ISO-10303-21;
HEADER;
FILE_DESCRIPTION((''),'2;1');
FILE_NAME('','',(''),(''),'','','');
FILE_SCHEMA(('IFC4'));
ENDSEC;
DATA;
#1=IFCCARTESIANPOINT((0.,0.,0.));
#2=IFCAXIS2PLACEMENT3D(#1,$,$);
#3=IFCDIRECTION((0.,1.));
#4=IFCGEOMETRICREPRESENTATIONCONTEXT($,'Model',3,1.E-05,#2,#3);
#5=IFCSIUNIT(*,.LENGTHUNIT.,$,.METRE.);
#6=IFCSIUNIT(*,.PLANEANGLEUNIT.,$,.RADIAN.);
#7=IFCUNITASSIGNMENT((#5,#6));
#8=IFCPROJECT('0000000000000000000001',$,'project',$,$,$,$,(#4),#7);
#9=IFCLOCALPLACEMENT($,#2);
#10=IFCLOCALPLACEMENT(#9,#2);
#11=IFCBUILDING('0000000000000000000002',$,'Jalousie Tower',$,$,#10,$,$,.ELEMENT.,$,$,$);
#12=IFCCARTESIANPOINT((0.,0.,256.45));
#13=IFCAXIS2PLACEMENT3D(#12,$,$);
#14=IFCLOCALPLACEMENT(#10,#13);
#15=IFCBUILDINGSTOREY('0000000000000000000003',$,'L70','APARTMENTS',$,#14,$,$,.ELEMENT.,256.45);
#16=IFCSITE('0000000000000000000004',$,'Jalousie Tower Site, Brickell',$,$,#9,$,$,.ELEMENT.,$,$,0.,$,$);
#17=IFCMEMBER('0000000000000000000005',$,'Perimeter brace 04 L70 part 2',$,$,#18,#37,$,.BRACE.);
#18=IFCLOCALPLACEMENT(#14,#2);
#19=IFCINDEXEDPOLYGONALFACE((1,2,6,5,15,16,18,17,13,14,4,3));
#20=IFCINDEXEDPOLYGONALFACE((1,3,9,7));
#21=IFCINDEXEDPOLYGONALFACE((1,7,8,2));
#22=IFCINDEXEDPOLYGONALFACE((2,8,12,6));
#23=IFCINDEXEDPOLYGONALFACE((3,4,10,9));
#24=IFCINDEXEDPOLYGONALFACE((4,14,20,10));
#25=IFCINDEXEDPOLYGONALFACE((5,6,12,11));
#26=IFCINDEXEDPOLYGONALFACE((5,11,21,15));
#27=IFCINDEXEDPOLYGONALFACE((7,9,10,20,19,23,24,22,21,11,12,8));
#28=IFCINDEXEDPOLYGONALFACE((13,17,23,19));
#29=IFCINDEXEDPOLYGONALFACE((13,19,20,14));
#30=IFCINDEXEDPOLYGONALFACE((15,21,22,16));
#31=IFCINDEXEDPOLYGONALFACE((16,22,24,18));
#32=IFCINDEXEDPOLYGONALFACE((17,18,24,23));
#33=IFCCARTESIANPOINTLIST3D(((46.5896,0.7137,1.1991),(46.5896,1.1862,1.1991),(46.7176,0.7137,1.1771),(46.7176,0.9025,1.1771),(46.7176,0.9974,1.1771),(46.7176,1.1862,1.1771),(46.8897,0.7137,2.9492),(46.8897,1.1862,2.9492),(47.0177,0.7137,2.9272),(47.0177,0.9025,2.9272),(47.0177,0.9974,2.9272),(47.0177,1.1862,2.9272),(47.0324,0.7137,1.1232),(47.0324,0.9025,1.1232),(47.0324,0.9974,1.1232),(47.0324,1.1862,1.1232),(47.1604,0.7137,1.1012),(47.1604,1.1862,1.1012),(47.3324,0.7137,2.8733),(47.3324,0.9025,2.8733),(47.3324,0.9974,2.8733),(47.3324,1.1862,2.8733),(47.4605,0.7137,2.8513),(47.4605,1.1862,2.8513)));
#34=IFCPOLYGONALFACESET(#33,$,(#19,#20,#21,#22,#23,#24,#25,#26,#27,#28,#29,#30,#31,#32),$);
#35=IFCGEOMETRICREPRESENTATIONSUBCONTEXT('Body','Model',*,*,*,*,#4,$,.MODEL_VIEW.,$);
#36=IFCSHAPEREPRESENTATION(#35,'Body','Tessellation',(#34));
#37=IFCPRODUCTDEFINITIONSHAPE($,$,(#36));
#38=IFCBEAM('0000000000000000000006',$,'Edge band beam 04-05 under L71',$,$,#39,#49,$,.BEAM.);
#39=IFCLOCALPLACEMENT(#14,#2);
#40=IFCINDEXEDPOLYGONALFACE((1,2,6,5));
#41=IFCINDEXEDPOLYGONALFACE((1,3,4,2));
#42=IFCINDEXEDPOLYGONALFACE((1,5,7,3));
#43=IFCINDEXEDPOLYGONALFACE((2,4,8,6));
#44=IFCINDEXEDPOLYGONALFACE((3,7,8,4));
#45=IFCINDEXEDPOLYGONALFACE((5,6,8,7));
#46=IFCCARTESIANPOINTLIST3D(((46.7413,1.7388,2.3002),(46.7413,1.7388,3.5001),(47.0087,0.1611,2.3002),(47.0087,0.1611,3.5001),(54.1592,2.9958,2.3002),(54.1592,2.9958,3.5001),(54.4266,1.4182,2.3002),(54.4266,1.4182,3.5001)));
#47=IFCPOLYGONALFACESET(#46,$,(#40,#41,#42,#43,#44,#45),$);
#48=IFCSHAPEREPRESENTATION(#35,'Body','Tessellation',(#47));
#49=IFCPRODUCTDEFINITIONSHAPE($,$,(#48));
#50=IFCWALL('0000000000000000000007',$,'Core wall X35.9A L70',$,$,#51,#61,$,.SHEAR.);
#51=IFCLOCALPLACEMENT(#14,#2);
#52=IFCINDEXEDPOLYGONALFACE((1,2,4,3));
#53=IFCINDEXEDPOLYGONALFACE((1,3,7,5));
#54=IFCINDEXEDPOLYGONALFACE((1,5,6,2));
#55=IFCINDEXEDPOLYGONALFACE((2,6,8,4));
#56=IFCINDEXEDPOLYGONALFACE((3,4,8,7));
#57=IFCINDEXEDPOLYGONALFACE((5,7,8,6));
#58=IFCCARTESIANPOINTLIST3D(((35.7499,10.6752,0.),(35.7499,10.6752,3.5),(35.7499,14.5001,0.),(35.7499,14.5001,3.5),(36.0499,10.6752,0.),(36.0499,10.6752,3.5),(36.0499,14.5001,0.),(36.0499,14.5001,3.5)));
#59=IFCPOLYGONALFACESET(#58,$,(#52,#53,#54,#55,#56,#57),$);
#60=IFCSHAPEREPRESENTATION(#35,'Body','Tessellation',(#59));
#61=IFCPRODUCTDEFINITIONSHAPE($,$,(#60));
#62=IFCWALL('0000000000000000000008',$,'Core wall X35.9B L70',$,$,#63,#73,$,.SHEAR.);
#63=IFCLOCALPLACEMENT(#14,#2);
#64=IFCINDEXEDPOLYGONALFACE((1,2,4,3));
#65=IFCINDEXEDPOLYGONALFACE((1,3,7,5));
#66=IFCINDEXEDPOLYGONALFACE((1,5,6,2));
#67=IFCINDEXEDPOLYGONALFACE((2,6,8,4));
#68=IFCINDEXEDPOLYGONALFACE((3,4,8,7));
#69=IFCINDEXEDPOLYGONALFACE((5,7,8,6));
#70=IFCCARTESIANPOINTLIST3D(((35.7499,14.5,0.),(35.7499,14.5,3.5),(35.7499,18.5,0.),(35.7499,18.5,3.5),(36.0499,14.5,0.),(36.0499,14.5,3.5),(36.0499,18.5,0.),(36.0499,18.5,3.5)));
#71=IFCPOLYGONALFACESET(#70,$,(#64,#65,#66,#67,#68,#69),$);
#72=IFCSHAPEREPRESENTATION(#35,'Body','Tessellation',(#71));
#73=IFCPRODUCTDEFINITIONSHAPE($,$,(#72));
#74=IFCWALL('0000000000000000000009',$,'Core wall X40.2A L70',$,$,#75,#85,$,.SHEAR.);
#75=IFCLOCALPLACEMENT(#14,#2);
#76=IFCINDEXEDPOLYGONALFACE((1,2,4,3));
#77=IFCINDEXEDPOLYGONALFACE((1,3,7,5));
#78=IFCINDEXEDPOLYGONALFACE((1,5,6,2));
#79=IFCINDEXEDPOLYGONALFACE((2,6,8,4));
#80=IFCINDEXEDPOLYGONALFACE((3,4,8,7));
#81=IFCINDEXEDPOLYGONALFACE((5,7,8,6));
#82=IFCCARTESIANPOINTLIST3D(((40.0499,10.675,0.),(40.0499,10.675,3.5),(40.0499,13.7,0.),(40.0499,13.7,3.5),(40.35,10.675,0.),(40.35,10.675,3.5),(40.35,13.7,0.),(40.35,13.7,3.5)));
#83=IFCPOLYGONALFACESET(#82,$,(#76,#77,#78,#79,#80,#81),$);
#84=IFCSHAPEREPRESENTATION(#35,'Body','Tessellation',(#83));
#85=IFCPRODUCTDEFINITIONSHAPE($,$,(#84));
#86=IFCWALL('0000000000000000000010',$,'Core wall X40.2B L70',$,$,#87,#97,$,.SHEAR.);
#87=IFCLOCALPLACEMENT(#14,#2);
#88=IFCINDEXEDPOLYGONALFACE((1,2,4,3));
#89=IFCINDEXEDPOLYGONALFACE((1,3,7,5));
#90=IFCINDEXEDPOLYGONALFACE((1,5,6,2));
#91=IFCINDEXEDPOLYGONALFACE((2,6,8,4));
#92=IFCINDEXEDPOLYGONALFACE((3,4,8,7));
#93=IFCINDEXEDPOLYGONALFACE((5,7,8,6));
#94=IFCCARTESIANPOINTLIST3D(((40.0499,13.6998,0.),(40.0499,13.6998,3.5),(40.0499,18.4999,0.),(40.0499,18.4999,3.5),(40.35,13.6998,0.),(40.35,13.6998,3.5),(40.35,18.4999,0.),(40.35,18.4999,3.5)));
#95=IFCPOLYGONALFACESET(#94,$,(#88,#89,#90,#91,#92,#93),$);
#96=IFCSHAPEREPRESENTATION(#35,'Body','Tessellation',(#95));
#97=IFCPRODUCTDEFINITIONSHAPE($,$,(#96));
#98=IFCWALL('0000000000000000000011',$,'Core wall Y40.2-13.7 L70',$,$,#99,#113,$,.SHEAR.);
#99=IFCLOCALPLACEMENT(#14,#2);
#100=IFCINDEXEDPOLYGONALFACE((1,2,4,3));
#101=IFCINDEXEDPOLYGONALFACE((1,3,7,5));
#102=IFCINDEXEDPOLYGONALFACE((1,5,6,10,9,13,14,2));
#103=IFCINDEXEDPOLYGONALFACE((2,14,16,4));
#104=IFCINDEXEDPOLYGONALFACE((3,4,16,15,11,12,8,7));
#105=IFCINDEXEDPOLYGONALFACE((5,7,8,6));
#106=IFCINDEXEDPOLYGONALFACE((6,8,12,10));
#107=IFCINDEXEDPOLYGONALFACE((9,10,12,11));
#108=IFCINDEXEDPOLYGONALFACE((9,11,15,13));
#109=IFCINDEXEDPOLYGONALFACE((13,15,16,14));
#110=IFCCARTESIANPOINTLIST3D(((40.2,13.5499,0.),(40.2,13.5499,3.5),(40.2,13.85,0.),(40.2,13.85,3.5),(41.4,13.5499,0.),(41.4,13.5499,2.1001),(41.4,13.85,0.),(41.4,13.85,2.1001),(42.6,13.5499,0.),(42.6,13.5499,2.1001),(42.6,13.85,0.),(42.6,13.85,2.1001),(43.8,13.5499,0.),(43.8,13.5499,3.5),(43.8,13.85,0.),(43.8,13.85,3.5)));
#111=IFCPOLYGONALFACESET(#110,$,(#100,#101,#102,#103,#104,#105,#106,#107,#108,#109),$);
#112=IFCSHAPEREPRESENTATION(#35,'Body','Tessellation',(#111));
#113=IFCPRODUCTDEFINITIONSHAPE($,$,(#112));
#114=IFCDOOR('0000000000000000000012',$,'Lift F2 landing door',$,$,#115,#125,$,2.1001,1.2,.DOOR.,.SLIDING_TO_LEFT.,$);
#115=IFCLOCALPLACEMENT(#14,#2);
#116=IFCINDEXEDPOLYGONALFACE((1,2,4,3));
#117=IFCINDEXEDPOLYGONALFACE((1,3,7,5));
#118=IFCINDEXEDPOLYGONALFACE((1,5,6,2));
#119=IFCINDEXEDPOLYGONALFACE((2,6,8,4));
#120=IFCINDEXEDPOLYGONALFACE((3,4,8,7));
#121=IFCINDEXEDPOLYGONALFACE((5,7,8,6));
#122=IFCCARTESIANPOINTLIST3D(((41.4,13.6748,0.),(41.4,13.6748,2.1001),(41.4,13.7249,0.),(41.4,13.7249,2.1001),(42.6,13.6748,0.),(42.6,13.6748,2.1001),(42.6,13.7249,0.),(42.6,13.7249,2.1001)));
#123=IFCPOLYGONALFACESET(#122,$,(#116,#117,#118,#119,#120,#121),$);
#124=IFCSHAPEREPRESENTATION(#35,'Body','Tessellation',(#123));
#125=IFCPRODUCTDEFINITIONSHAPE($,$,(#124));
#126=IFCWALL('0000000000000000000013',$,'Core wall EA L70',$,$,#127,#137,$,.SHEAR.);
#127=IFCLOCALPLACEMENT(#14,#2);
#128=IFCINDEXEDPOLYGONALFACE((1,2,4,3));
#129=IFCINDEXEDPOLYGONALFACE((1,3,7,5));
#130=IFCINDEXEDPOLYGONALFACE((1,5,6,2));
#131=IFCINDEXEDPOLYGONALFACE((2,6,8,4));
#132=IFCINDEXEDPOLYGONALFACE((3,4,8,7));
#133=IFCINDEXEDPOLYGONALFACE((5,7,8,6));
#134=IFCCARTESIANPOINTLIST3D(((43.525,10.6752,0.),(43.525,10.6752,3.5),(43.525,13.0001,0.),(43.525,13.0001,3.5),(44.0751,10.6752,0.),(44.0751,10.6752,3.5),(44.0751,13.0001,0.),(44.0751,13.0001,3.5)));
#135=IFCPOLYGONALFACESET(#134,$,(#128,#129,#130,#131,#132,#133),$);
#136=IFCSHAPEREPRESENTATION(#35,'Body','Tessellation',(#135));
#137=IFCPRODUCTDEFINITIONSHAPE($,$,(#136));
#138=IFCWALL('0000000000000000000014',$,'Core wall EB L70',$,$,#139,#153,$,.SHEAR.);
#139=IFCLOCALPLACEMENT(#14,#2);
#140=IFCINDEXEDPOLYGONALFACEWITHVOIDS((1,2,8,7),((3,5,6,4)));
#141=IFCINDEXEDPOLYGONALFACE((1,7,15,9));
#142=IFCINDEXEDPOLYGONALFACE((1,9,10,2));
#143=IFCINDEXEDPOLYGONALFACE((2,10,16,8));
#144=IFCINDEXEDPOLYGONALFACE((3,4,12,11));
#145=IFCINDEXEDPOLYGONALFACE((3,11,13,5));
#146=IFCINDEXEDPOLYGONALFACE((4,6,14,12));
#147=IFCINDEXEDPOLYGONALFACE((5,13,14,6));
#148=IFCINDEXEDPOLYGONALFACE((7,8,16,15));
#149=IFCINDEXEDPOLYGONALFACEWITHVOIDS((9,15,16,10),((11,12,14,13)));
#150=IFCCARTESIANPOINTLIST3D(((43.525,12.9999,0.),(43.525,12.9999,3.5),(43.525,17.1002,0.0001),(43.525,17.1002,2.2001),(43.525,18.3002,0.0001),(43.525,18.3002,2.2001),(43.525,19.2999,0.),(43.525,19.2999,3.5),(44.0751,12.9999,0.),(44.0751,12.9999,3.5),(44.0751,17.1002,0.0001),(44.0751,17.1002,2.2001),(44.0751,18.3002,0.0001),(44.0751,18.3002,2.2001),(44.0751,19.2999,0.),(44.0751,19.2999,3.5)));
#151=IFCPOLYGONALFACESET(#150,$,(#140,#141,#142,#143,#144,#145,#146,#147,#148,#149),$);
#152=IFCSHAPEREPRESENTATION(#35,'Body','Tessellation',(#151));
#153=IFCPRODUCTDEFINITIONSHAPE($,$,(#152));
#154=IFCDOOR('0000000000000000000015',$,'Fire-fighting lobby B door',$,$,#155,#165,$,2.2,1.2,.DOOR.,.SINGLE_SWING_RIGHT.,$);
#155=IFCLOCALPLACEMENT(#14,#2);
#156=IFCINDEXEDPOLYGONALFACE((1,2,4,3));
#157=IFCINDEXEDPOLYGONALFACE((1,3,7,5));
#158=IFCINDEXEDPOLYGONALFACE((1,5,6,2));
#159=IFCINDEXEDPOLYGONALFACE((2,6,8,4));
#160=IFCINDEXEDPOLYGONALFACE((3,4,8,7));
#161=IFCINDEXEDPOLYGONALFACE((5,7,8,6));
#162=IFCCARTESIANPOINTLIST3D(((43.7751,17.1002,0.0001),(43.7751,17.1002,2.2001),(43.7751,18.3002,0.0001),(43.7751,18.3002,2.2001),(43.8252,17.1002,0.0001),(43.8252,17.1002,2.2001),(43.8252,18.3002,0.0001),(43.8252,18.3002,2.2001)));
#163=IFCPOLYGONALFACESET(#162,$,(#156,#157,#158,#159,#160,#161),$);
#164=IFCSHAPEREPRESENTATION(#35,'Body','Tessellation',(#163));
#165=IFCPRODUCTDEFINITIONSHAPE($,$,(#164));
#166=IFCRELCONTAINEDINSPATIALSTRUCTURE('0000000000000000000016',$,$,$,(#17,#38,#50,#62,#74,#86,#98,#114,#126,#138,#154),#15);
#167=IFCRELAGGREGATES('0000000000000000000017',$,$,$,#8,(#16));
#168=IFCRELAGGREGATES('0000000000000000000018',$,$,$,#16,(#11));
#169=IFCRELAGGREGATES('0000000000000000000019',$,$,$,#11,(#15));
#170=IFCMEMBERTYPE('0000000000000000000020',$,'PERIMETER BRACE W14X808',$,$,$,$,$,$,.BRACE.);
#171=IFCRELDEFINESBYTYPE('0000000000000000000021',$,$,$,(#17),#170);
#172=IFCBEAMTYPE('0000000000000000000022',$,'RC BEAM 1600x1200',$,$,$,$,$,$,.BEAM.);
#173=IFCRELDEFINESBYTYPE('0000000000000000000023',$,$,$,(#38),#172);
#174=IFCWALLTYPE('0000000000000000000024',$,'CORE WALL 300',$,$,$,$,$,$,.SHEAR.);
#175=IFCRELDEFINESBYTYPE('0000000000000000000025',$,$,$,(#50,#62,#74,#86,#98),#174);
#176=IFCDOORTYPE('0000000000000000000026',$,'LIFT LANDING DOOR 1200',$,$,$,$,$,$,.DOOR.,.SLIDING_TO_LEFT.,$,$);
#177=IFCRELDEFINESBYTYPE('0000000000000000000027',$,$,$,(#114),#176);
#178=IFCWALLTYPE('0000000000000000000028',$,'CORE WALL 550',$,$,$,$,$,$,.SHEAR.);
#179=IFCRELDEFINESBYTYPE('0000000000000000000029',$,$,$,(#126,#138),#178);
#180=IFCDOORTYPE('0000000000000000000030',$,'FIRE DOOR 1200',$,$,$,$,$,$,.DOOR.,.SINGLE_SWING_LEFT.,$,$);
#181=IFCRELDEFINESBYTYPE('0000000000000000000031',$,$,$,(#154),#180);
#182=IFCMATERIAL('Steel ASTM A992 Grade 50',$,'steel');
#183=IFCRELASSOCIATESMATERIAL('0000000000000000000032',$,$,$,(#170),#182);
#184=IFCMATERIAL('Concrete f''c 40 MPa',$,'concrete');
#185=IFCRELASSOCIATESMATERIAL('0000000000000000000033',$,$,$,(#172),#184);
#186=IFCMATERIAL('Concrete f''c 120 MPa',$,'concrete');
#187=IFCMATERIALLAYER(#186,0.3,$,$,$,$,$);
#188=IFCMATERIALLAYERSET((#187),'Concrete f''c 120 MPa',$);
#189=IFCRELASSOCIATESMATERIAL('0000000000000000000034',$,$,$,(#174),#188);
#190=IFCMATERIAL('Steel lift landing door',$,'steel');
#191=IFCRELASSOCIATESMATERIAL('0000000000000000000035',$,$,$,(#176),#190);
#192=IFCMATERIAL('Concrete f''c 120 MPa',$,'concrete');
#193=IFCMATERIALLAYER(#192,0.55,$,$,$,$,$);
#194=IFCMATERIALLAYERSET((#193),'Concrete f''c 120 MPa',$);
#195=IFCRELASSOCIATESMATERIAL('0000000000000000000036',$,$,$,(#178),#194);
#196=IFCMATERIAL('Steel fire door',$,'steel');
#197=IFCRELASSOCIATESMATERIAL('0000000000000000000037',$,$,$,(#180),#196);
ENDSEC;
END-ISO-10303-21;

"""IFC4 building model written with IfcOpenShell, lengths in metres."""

from ifc_helpers import new_model, si_unit, direction, frame, frame_2d, origin, origin_2d, place, context, subcontext, project, spatial, rectangle, i_section, extrude, material, layer, layer_set, material_profile, profile_set, type_object, element, fill, save


model = new_model("IFC4")

# Units and contexts
model_context = context("Model", 3, precision=1e-05, world=origin(), true_north=direction((0.0, 1.0)))
body_context = subcontext(model_context, "Body", "Model", "MODEL_VIEW")
ifc_project = project(units=[si_unit("LENGTHUNIT", "METRE"), si_unit("PLANEANGLEUNIT", "RADIAN")], contexts=[model_context])

# Site, building, storey
site_placement = place(None, origin())
site = spatial("IfcSite", under=ifc_project, at=site_placement, Name="Jalousie Tower Site, Brickell", CompositionType="ELEMENT", RefElevation=0.0)
building_placement = place(site_placement, origin())
building = spatial("IfcBuilding", under=site, at=building_placement, Name="Jalousie Tower", CompositionType="ELEMENT")
storey_placement = place(building_placement, frame((0.0, 0.0, 256.45)))
storey = spatial("IfcBuildingStorey", under=building, at=storey_placement, Name="L70", Description="APARTMENTS", CompositionType="ELEMENT", Elevation=256.45)

# Member
ifc_material_1 = material(Name="Steel ASTM A992 Grade 50", Category="steel")
ifc_material_profile_1 = material_profile(ifc_material_1, i_section(OverallWidth=0.4724, OverallDepth=0.5791, WebThickness=0.095, FlangeThickness=0.1299, at=origin_2d()), Name="W14X808")
ifc_profile_set_1 = profile_set([ifc_material_profile_1], Name="Steel ASTM A992 Grade 50")
member_type = type_object("IfcMemberType", Name="PERIMETER BRACE W14X808", PredefinedType="BRACE", material=ifc_profile_set_1)
member_placement = place(storey_placement, frame((46.875, 0.95, 1.1501), z_axis=(0.168991, 0.0, 0.985618), x_axis=(0.0, 1.0, 0.0)))
element("IfcMember", 1, at=member_placement, inside=storey, type_object=member_type, Name="Perimeter brace 04 L70 part 2", PredefinedType="BRACE", context=body_context, shape_type="SweptSolid", body=[
    extrude(i_section(OverallWidth=0.4724, OverallDepth=0.5791, WebThickness=0.095, FlangeThickness=0.1299, at=origin_2d()), origin(), (0.0, 0.0, 1.0), 1.7756),
])

# Beam
ifc_material_2 = material(Name="Concrete f'c 40 MPa", Category="concrete")
ifc_material_profile_2 = material_profile(ifc_material_2, rectangle(XDim=1.6001, YDim=1.2, at=origin_2d()), Name="RC 1600x1200")
ifc_profile_set_2 = profile_set([ifc_material_profile_2], Name="Concrete f'c 40 MPa")
beam_type = type_object("IfcBeamType", Name="RC BEAM 1600x1200", PredefinedType="BEAM", material=ifc_profile_set_2)
beam_placement = place(storey_placement, frame((46.875, 0.95, 2.9001), z_axis=(0.985943, 0.167082, 0.0), x_axis=(-0.167082, 0.985943, 0.0)))
element("IfcBeam", 2, at=beam_placement, inside=storey, type_object=beam_type, Name="Edge band beam 04-05 under L71", PredefinedType="BEAM", context=body_context, shape_type="SweptSolid", body=[
    extrude(rectangle(XDim=1.6001, YDim=1.2, at=origin_2d()), origin(), (0.0, 0.0, 1.0), 7.5237),
])

# Walls
ifc_material_3 = material(Name="Concrete f'c 120 MPa", Category="concrete")
ifc_layer_1 = layer(ifc_material_3, 0.3)
ifc_layer_set_1 = layer_set([ifc_layer_1], Name="Concrete f'c 120 MPa")
wall_type_1 = type_object("IfcWallType", Name="CORE WALL 300", PredefinedType="SHEAR", material=ifc_layer_set_1)
wall_1_placement = place(storey_placement, frame((35.8999, 10.675, 0.0), z_axis=(0.0, 0.0, 1.0), x_axis=(0.0, 1.0, 0.0)))
element("IfcWall", 3, at=wall_1_placement, inside=storey, type_object=wall_type_1, Name="Core wall X35.9A L70", PredefinedType="SHEAR", context=body_context, shape_type="SweptSolid", body=[
    extrude(rectangle(XDim=3.825, YDim=0.3, at=frame_2d((1.9126, 0.0))), origin(), (0.0, 0.0, 1.0), 3.5),
])
wall_2_placement = place(storey_placement, frame((35.8999, 14.5, 0.0), z_axis=(0.0, 0.0, 1.0), x_axis=(0.0, 1.0, 0.0)))
element("IfcWall", 4, at=wall_2_placement, inside=storey, type_object=wall_type_1, Name="Core wall X35.9B L70", PredefinedType="SHEAR", context=body_context, shape_type="SweptSolid", body=[
    extrude(rectangle(XDim=4.0, YDim=0.3, at=frame_2d((2.0, 0.0))), origin(), (0.0, 0.0, 1.0), 3.5),
])
wall_3_placement = place(storey_placement, frame((40.2, 10.675, 0.0), z_axis=(0.0, 0.0, 1.0), x_axis=(0.0, 1.0, 0.0)))
element("IfcWall", 5, at=wall_3_placement, inside=storey, type_object=wall_type_1, Name="Core wall X40.2A L70", PredefinedType="SHEAR", context=body_context, shape_type="SweptSolid", body=[
    extrude(rectangle(XDim=3.0249, YDim=0.3, at=frame_2d((1.5125, 0.0))), origin(), (0.0, 0.0, 1.0), 3.5),
])
wall_4_placement = place(storey_placement, frame((40.2, 13.7, 0.0), z_axis=(0.0, 0.0, 1.0), x_axis=(0.0, 1.0, 0.0)))
element("IfcWall", 6, at=wall_4_placement, inside=storey, type_object=wall_type_1, Name="Core wall X40.2B L70", PredefinedType="SHEAR", context=body_context, shape_type="SweptSolid", body=[
    extrude(rectangle(XDim=4.8, YDim=0.3, at=frame_2d((2.3999, 0.0))), origin(), (0.0, 0.0, 1.0), 3.5),
])

# Wall, opening, door
wall_5_placement = place(storey_placement, frame((40.2, 13.7, 0.0), z_axis=(0.0, 0.0, 1.0), x_axis=(1.0, 0.0, 0.0)))
wall_5 = element("IfcWall", 7, at=wall_5_placement, inside=storey, type_object=wall_type_1, Name="Core wall Y40.2-13.7 L70", PredefinedType="SHEAR", context=body_context, shape_type="SweptSolid", body=[
    extrude(rectangle(XDim=3.6001, YDim=0.3, at=frame_2d((1.8, 0.0))), origin(), (0.0, 0.0, 1.0), 3.5),
])
opening_1_placement = place(wall_5_placement, frame((1.2, 0.0, 0.0)))
opening_1 = element("IfcOpeningElement", 8, at=opening_1_placement, cuts=wall_5, PredefinedType="OPENING", context=body_context, shape_type="SweptSolid", body=[
    extrude(rectangle(XDim=1.2, YDim=2.1001, at=frame_2d((0.6001, 1.05))), frame((0.0, 0.1599, 0.0), z_axis=(0.0, -1.0, 0.0), x_axis=(1.0, 0.0, 0.0)), (0.0, 0.0, 1.0), 0.3201),
])
ifc_material_4 = material(Name="Steel lift landing door", Category="steel")
door_type_1 = type_object("IfcDoorType", Name="LIFT LANDING DOOR 1200", OperationType="SLIDING_TO_LEFT", PredefinedType="DOOR", material=ifc_material_4)
door_1_placement = place(opening_1_placement, origin())
door_1 = element("IfcDoor", 9, at=door_1_placement, inside=storey, type_object=door_type_1, Name="Lift F2 landing door", OperationType="SLIDING_TO_LEFT", OverallHeight=2.1001, OverallWidth=1.2, PredefinedType="DOOR", context=body_context, shape_type="SweptSolid", body=[
    extrude(rectangle(XDim=1.2, YDim=2.1001, at=frame_2d((0.6001, 1.05))), frame((0.0, 0.0249, 0.0), z_axis=(0.0, -1.0, 0.0), x_axis=(1.0, 0.0, 0.0)), (0.0, 0.0, 1.0), 0.05),
])
fill(opening_1, door_1)

# Wall
ifc_material_5 = material(Name="Concrete f'c 120 MPa", Category="concrete")
ifc_layer_2 = layer(ifc_material_5, 0.55)
ifc_layer_set_2 = layer_set([ifc_layer_2], Name="Concrete f'c 120 MPa")
wall_type_2 = type_object("IfcWallType", Name="CORE WALL 550", PredefinedType="SHEAR", material=ifc_layer_set_2)
wall_6_placement = place(storey_placement, frame((43.8, 10.675, 0.0), z_axis=(0.0, 0.0, 1.0), x_axis=(0.0, 1.0, 0.0)))
element("IfcWall", 10, at=wall_6_placement, inside=storey, type_object=wall_type_2, Name="Core wall EA L70", PredefinedType="SHEAR", context=body_context, shape_type="SweptSolid", body=[
    extrude(rectangle(XDim=2.325, YDim=0.55, at=frame_2d((1.1626, 0.0))), origin(), (0.0, 0.0, 1.0), 3.5),
])

# Wall, opening, door
wall_7_placement = place(storey_placement, frame((43.8, 13.0, 0.0), z_axis=(0.0, 0.0, 1.0), x_axis=(0.0, 1.0, 0.0)))
wall_7 = element("IfcWall", 11, at=wall_7_placement, inside=storey, type_object=wall_type_2, Name="Core wall EB L70", PredefinedType="SHEAR", context=body_context, shape_type="SweptSolid", body=[
    extrude(rectangle(XDim=6.3, YDim=0.55, at=frame_2d((3.1499, 0.0))), origin(), (0.0, 0.0, 1.0), 3.5),
])
opening_2_placement = place(wall_7_placement, frame((4.1001, 0.0, 0.0)))
opening_2 = element("IfcOpeningElement", 12, at=opening_2_placement, cuts=wall_7, PredefinedType="OPENING", context=body_context, shape_type="SweptSolid", body=[
    extrude(rectangle(XDim=1.2, YDim=2.2, at=frame_2d((0.6001, 1.1001))), frame((0.0, 0.2849, 0.0), z_axis=(0.0, -1.0, 0.0), x_axis=(1.0, 0.0, 0.0)), (0.0, 0.0, 1.0), 0.5701),
])
ifc_material_6 = material(Name="Steel fire door", Category="steel")
door_type_2 = type_object("IfcDoorType", Name="FIRE DOOR 1200", OperationType="SINGLE_SWING_LEFT", PredefinedType="DOOR", material=ifc_material_6)
door_2_placement = place(opening_2_placement, origin())
door_2 = element("IfcDoor", 13, at=door_2_placement, inside=storey, type_object=door_type_2, Name="Fire-fighting lobby B door", OperationType="SINGLE_SWING_RIGHT", OverallHeight=2.2, OverallWidth=1.2, PredefinedType="DOOR", context=body_context, shape_type="SweptSolid", body=[
    extrude(rectangle(XDim=1.2, YDim=2.2, at=frame_2d((0.6001, 1.1001))), frame((0.0, 0.0249, 0.0), z_axis=(0.0, -1.0, 0.0), x_axis=(1.0, 0.0, 0.0)), (0.0, 0.0, 1.0), 0.05),
])
fill(opening_2, door_2)

save(model, "model.ifc")
